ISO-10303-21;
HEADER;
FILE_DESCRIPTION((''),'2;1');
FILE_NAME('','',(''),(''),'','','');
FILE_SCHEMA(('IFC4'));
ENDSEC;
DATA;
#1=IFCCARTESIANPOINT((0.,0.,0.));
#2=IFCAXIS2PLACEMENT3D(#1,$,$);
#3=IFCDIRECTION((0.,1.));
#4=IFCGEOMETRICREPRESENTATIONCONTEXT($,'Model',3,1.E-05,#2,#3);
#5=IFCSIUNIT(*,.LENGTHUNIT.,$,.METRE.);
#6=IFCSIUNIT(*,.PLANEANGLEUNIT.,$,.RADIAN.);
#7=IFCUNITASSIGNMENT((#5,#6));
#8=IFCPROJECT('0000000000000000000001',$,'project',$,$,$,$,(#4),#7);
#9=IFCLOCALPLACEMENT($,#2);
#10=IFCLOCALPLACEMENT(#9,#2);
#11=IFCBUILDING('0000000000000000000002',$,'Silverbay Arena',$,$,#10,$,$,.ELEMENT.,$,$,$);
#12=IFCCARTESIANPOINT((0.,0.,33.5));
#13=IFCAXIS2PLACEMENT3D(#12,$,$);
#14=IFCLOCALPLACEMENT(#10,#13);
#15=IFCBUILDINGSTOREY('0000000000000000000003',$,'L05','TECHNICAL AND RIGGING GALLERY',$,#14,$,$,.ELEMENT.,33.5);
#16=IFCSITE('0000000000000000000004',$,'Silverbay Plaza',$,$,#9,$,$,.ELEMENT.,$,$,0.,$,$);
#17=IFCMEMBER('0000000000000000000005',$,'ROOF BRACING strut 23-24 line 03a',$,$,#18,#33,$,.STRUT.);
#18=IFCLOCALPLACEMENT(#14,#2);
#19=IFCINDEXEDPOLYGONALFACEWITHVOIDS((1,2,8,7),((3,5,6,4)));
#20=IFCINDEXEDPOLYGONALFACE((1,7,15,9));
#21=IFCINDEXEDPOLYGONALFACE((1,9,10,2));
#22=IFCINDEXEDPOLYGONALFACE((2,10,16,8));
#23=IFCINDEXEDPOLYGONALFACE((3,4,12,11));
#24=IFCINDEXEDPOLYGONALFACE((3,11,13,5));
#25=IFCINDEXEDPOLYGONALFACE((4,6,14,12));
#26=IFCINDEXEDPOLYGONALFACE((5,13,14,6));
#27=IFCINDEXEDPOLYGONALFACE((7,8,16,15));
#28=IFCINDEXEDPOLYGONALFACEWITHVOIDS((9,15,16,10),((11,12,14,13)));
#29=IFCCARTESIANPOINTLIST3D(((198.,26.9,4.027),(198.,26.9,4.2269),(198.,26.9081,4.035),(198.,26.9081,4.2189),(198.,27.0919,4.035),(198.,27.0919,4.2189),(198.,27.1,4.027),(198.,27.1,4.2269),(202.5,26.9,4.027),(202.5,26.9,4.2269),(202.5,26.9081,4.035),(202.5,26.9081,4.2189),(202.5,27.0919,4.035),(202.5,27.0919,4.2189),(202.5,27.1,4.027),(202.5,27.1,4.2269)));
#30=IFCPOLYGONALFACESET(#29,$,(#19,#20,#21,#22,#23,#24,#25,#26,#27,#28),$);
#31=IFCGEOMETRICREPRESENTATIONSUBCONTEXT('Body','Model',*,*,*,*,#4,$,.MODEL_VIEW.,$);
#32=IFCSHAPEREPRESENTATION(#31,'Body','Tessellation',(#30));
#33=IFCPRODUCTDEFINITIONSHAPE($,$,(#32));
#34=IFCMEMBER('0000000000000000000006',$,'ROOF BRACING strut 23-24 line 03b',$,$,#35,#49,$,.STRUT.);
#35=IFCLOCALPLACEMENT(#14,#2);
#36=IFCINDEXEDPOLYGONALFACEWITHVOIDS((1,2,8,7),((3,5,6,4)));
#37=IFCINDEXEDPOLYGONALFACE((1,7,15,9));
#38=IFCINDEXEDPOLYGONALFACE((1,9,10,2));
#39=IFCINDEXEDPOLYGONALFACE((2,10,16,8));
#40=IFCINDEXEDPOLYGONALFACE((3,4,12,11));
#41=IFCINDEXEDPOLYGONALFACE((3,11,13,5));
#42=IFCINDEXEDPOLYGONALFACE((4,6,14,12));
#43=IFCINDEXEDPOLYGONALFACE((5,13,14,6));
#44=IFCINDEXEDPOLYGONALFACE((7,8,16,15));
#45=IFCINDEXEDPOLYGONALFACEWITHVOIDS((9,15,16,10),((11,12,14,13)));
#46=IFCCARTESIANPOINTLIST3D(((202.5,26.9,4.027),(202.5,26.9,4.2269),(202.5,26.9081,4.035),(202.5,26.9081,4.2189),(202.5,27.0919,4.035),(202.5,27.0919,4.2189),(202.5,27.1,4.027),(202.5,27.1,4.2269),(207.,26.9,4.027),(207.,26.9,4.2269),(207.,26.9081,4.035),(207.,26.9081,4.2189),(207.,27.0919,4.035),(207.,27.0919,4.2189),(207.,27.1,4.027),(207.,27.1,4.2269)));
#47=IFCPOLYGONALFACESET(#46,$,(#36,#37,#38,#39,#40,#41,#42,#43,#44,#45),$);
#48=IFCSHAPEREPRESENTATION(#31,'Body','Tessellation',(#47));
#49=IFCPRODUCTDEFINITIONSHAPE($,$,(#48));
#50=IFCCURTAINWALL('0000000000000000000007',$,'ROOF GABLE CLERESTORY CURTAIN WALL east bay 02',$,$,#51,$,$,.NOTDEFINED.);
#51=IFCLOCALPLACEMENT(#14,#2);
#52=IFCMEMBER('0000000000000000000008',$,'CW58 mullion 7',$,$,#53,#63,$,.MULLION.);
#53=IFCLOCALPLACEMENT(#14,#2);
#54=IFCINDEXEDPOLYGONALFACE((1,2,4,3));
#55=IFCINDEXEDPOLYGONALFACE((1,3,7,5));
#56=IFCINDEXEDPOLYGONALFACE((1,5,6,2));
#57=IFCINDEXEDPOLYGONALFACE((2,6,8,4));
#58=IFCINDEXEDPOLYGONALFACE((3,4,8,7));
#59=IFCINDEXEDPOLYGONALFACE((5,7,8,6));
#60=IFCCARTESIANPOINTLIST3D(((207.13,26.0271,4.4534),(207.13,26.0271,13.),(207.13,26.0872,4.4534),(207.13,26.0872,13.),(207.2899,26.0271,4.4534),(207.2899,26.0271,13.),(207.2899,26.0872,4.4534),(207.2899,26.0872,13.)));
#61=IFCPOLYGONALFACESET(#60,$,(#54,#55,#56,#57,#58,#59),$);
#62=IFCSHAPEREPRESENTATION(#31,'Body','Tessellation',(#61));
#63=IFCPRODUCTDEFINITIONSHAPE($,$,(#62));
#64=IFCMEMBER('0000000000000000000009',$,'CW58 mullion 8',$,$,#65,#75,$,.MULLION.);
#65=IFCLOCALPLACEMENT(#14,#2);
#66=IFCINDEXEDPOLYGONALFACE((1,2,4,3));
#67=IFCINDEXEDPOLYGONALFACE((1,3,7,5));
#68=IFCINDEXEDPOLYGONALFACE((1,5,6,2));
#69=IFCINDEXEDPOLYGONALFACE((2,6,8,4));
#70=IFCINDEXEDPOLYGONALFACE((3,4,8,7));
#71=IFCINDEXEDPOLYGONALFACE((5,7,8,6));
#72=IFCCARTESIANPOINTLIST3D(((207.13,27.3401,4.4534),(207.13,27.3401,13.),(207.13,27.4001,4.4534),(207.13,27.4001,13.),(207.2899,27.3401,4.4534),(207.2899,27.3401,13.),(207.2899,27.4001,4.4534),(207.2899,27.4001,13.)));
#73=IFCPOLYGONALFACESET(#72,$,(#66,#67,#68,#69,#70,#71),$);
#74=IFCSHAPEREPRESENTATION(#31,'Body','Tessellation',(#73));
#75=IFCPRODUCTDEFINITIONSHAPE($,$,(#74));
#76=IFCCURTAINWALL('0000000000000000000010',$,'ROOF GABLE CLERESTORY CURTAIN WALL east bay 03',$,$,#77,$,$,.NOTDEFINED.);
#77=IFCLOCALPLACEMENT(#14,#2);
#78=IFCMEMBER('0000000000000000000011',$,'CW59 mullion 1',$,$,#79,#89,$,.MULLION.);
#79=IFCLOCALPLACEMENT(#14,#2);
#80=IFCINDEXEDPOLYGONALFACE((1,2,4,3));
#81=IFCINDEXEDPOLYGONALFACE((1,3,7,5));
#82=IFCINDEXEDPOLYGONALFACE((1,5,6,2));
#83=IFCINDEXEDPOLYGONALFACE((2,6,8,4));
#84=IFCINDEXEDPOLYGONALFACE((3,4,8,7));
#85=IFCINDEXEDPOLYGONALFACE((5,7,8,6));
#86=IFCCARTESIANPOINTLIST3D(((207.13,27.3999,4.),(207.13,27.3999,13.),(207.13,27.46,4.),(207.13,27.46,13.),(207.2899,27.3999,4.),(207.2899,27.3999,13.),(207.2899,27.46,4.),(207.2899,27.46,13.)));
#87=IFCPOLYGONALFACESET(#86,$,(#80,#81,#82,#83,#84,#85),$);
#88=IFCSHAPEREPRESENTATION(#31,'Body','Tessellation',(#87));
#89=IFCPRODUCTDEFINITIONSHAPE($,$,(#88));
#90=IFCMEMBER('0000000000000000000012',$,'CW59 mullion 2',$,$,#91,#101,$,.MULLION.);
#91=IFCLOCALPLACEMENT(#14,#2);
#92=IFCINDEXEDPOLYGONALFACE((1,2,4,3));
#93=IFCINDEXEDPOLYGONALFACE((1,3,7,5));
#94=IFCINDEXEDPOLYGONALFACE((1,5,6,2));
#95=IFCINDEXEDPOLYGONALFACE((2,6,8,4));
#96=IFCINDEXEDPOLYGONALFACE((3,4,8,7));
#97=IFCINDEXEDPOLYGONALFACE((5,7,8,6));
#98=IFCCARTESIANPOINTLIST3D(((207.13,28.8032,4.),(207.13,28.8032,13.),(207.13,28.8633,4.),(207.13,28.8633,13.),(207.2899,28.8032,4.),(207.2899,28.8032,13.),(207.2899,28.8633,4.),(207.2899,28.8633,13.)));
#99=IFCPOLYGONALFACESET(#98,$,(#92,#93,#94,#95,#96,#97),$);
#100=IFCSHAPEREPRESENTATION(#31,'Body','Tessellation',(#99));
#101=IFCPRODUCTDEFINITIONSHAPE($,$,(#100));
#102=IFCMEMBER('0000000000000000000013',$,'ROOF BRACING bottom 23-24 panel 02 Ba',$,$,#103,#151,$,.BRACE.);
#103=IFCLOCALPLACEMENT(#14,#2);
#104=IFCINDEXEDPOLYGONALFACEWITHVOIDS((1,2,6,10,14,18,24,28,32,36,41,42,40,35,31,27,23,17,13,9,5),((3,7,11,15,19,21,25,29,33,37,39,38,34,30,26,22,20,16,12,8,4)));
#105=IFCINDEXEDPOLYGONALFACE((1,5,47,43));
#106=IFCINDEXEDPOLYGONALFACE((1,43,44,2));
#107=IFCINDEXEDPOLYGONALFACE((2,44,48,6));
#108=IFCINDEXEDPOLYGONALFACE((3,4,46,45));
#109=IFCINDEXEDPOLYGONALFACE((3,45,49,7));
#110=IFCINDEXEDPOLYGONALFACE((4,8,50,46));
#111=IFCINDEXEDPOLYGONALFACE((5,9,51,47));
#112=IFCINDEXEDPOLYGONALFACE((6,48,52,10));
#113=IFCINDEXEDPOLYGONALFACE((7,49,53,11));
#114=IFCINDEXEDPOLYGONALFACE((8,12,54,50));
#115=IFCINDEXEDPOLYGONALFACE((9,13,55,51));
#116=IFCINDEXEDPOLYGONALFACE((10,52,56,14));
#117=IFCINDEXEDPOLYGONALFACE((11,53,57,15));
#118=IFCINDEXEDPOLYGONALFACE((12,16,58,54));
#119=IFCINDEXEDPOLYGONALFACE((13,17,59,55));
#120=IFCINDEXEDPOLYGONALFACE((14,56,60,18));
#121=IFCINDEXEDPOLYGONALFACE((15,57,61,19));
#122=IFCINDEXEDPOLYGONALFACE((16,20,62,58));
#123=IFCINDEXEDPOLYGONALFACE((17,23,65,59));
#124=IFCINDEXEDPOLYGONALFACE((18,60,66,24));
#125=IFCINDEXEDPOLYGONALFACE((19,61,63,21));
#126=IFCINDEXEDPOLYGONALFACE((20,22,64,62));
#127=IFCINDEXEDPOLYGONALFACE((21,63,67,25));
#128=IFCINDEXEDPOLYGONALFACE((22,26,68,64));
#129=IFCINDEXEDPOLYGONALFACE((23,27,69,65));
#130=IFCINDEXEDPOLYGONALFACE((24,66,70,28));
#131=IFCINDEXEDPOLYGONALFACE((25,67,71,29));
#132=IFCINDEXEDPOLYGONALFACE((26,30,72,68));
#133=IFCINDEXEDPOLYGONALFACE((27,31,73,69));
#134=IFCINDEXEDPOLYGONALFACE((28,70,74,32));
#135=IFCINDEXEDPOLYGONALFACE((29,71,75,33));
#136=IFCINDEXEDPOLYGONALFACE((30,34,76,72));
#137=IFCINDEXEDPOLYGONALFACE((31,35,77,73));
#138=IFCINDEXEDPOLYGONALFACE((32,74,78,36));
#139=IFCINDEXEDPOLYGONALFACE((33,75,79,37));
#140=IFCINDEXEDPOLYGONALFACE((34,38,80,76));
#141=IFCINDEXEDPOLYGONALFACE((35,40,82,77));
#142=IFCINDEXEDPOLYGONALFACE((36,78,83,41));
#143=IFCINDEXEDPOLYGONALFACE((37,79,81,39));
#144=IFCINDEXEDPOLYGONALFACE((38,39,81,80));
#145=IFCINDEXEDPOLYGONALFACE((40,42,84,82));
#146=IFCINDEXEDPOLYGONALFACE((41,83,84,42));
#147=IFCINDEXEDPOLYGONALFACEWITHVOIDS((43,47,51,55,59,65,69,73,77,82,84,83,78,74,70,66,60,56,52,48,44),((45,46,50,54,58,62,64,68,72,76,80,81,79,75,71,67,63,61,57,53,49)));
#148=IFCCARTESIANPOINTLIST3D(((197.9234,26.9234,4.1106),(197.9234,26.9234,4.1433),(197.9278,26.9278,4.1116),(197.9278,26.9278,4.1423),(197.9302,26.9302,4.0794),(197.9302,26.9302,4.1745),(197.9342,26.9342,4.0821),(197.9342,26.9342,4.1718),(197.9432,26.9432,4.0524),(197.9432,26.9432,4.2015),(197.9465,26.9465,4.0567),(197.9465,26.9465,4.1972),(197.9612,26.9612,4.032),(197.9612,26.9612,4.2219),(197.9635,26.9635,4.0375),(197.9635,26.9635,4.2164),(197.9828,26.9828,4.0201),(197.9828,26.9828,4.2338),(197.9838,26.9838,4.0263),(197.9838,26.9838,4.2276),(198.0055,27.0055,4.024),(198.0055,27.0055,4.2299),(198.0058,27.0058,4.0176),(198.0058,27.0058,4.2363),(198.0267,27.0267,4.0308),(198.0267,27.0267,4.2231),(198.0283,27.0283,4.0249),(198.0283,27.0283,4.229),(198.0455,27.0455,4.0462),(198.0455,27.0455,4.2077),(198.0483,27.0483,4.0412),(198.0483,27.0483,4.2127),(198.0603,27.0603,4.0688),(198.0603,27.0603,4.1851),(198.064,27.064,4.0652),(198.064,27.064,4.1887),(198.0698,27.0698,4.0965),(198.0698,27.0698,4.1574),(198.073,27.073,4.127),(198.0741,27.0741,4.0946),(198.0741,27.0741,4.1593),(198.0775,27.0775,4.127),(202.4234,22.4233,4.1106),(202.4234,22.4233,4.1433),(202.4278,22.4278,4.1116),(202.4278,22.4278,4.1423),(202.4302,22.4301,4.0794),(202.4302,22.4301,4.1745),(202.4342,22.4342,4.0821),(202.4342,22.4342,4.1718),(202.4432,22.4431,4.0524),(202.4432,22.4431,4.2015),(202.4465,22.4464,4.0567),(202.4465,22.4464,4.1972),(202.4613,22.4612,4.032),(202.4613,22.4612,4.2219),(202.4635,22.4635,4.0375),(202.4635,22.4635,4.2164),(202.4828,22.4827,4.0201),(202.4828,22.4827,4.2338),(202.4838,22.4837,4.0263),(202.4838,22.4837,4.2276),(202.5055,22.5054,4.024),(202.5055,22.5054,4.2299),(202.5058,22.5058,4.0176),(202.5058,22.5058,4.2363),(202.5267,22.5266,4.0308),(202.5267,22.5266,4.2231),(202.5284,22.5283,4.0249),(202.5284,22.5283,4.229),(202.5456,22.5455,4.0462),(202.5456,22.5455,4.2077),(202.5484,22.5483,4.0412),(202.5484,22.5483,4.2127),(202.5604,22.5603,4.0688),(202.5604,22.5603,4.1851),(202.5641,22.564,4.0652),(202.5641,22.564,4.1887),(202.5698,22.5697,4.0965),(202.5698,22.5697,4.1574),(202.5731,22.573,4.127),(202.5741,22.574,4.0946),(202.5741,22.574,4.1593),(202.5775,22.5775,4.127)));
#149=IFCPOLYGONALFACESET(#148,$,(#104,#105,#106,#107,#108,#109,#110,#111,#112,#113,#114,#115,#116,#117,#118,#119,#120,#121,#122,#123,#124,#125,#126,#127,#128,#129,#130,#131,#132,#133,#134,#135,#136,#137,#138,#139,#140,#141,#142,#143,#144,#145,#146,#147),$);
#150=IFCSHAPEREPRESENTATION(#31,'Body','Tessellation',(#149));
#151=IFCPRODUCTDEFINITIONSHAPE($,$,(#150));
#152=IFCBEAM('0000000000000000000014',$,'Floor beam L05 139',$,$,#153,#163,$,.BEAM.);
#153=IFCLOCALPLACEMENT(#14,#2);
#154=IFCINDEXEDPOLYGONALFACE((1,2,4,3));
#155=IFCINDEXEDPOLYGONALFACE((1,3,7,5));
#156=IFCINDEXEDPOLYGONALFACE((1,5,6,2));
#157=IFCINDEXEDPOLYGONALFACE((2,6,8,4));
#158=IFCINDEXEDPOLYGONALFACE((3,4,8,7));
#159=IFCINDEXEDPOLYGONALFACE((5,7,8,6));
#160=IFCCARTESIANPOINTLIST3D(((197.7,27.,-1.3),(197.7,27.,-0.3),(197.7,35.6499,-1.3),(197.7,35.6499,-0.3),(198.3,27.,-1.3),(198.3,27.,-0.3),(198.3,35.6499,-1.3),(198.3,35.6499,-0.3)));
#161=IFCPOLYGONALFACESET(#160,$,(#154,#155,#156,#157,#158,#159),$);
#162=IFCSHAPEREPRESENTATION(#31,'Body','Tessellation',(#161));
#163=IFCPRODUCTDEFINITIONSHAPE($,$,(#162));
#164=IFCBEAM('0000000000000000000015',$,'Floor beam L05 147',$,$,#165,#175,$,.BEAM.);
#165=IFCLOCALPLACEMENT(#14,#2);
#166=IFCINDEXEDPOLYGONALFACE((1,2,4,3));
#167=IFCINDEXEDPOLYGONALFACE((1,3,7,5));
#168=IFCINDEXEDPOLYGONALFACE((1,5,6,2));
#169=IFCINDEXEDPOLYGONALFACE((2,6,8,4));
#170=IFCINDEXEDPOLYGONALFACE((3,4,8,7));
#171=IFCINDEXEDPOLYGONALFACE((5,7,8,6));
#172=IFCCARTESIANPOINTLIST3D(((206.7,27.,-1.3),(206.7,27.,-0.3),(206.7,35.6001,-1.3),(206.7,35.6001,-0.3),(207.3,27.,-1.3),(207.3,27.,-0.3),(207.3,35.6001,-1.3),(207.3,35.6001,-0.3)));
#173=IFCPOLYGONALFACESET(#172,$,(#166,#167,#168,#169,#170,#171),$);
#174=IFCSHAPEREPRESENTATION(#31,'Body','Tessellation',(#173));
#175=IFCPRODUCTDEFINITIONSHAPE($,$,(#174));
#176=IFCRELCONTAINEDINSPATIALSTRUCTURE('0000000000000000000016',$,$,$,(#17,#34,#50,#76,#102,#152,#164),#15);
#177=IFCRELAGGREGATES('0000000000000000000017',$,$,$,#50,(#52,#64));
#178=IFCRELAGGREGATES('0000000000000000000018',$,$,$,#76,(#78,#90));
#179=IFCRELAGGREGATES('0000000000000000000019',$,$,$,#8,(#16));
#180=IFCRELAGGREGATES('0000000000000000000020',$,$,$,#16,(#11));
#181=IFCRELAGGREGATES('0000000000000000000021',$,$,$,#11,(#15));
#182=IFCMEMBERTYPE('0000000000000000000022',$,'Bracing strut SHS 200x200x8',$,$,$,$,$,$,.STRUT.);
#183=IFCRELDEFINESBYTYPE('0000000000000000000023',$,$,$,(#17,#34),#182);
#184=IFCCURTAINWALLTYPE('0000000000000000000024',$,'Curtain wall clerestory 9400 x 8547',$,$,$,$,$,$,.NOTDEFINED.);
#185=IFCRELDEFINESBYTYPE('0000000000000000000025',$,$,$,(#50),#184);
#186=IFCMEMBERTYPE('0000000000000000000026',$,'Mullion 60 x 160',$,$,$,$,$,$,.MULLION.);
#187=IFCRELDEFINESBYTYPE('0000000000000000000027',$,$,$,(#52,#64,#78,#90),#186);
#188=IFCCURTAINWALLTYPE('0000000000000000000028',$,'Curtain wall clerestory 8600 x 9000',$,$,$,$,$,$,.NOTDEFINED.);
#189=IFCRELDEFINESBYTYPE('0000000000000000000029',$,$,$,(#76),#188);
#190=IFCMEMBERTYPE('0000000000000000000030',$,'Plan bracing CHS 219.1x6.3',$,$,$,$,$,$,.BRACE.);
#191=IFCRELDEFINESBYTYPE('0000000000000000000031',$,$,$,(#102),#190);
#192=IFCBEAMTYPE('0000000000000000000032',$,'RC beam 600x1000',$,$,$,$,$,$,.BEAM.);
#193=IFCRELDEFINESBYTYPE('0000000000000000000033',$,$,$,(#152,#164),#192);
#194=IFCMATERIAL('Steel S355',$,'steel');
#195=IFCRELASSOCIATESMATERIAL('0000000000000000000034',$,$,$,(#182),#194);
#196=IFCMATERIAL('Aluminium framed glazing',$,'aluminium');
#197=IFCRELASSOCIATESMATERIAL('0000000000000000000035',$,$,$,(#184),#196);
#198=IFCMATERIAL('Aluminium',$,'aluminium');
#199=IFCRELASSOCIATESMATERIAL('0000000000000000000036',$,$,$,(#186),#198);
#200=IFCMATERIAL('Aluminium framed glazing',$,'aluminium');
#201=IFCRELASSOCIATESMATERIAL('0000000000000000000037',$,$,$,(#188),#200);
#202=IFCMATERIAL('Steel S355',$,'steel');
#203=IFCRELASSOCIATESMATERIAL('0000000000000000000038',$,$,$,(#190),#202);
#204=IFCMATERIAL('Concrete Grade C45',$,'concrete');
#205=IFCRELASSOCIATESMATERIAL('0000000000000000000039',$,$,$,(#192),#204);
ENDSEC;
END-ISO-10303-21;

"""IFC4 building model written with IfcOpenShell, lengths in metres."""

from ifc_helpers import new_model, si_unit, direction, frame, origin, origin_2d, place, context, subcontext, project, spatial, rectangle, hollow_rectangle, hollow_circle, extrude, material, material_profile, profile_set, type_object, element, aggregate, save


model = new_model("IFC4")

# Units and contexts
model_context = context("Model", 3, precision=1e-05, world=origin(), true_north=direction((0.0, 1.0)))
body_context = subcontext(model_context, "Body", "Model", "MODEL_VIEW")
ifc_project = project(units=[si_unit("LENGTHUNIT", "METRE"), si_unit("PLANEANGLEUNIT", "RADIAN")], contexts=[model_context])

# Site, building, storey
site_placement = place(None, origin())
site = spatial("IfcSite", under=ifc_project, at=site_placement, Name="Silverbay Plaza", CompositionType="ELEMENT", RefElevation=0.0)
building_placement = place(site_placement, origin())
building = spatial("IfcBuilding", under=site, at=building_placement, Name="Silverbay Arena", CompositionType="ELEMENT")
storey_placement = place(building_placement, frame((0.0, 0.0, 33.5)))
storey = spatial("IfcBuildingStorey", under=building, at=storey_placement, Name="L05", Description="TECHNICAL AND RIGGING GALLERY", CompositionType="ELEMENT", Elevation=33.5)

# Members
ifc_material_1 = material(Name="Steel S355", Category="steel")
ifc_material_profile_1 = material_profile(ifc_material_1, hollow_rectangle(XDim=0.2, YDim=0.2, WallThickness=0.0081, at=origin_2d()), Name="SHS 200x200x8")
ifc_profile_set_1 = profile_set([ifc_material_profile_1], Name="Steel S355")
member_type_1 = type_object("IfcMemberType", Name="Bracing strut SHS 200x200x8", PredefinedType="STRUT", material=ifc_profile_set_1)
for number, where, z_axis, x_axis, name in (
    (1, (198.0, 27.0, 4.127), (1.0, 0.0, 0.0), (0.0, 1.0, 0.0), "ROOF BRACING strut 23-24 line 03a"),
    (2, (202.5, 27.0, 4.127), (1.0, 0.0, 0.0), (0.0, 1.0, 0.0), "ROOF BRACING strut 23-24 line 03b"),
):
    element("IfcMember", number, at=place(storey_placement, frame(where, z_axis=z_axis, x_axis=x_axis)), inside=storey, type_object=member_type_1, Name=name, PredefinedType="STRUT", context=body_context, shape_type="SweptSolid", body=[
        extrude(hollow_rectangle(XDim=0.2, YDim=0.2, WallThickness=0.0081, at=origin_2d()), origin(), (0.0, 0.0, 1.0), 4.5),
    ])

# Curtain walls, members
ifc_material_2 = material(Name="Aluminium framed glazing", Category="aluminium")
curtain_wall_type_1 = type_object("IfcCurtainWallType", Name="Curtain wall clerestory 9400 x 8547", PredefinedType="NOTDEFINED", material=ifc_material_2)
curtain_wall_1_placement = place(storey_placement, origin())
curtain_wall_1 = element("IfcCurtainWall", 3, at=curtain_wall_1_placement, inside=storey, type_object=curtain_wall_type_1, Name="ROOF GABLE CLERESTORY CURTAIN WALL east bay 02", PredefinedType="NOTDEFINED")
ifc_material_3 = material(Name="Aluminium", Category="aluminium")
ifc_material_profile_2 = material_profile(ifc_material_3, rectangle(XDim=0.1599, YDim=0.0601, at=origin_2d()), Name="Mullion 60 x 160")
ifc_profile_set_2 = profile_set([ifc_material_profile_2], Name="Aluminium")
member_type_2 = type_object("IfcMemberType", Name="Mullion 60 x 160", PredefinedType="MULLION", material=ifc_profile_set_2)
member_1_placement = place(storey_placement, frame((207.21, 26.0571, 4.4534), z_axis=(0.0, 0.0, 1.0), x_axis=(-1.0, 0.0, 0.0)))
member_1 = element("IfcMember", 4, at=member_1_placement, type_object=member_type_2, Name="CW58 mullion 7", PredefinedType="MULLION", context=body_context, shape_type="SweptSolid", body=[
    extrude(rectangle(XDim=0.1599, YDim=0.0601, at=origin_2d()), origin(), (0.0, 0.0, 1.0), 8.5466),
])
member_2_placement = place(storey_placement, frame((207.21, 27.3701, 4.4534), z_axis=(0.0, 0.0, 1.0), x_axis=(-1.0, 0.0, 0.0)))
member_2 = element("IfcMember", 5, at=member_2_placement, type_object=member_type_2, Name="CW58 mullion 8", PredefinedType="MULLION", context=body_context, shape_type="SweptSolid", body=[
    extrude(rectangle(XDim=0.1599, YDim=0.0601, at=origin_2d()), origin(), (0.0, 0.0, 1.0), 8.5466),
])
ifc_material_4 = material(Name="Aluminium framed glazing", Category="aluminium")
curtain_wall_type_2 = type_object("IfcCurtainWallType", Name="Curtain wall clerestory 8600 x 9000", PredefinedType="NOTDEFINED", material=ifc_material_4)
curtain_wall_2_placement = place(storey_placement, origin())
curtain_wall_2 = element("IfcCurtainWall", 6, at=curtain_wall_2_placement, inside=storey, type_object=curtain_wall_type_2, Name="ROOF GABLE CLERESTORY CURTAIN WALL east bay 03", PredefinedType="NOTDEFINED")
member_3_placement = place(storey_placement, frame((207.21, 27.4299, 4.0), z_axis=(0.0, 0.0, 1.0), x_axis=(-1.0, 0.0, 0.0)))
member_3 = element("IfcMember", 7, at=member_3_placement, type_object=member_type_2, Name="CW59 mullion 1", PredefinedType="MULLION", context=body_context, shape_type="SweptSolid", body=[
    extrude(rectangle(XDim=0.1599, YDim=0.0601, at=origin_2d()), origin(), (0.0, 0.0, 1.0), 9.0),
])
member_4_placement = place(storey_placement, frame((207.21, 28.8333, 4.0), z_axis=(0.0, 0.0, 1.0), x_axis=(-1.0, 0.0, 0.0)))
member_4 = element("IfcMember", 8, at=member_4_placement, type_object=member_type_2, Name="CW59 mullion 2", PredefinedType="MULLION", context=body_context, shape_type="SweptSolid", body=[
    extrude(rectangle(XDim=0.1599, YDim=0.0601, at=origin_2d()), origin(), (0.0, 0.0, 1.0), 9.0),
])

# Member
ifc_material_5 = material(Name="Steel S355", Category="steel")
ifc_material_profile_3 = material_profile(ifc_material_5, hollow_circle(Radius=0.1096, WallThickness=0.0063, at=origin_2d()), Name="CHS 219.1x6.3")
ifc_profile_set_3 = profile_set([ifc_material_profile_3], Name="Steel S355")
member_type_3 = type_object("IfcMemberType", Name="Plan bracing CHS 219.1x6.3", PredefinedType="BRACE", material=ifc_profile_set_3)
member_5_placement = place(storey_placement, frame((198.0, 27.0, 4.127), z_axis=(0.707107, -0.707107, 0.0), x_axis=(0.707107, 0.707107, 0.0)))
element("IfcMember", 9, at=member_5_placement, inside=storey, type_object=member_type_3, Name="ROOF BRACING bottom 23-24 panel 02 Ba", PredefinedType="BRACE", context=body_context, shape_type="SweptSolid", body=[
    extrude(hollow_circle(Radius=0.1096, WallThickness=0.0063, at=origin_2d()), origin(), (0.0, 0.0, 1.0), 6.364),
])

# Beams
ifc_material_6 = material(Name="Concrete Grade C45", Category="concrete")
ifc_material_profile_4 = material_profile(ifc_material_6, rectangle(XDim=0.6001, YDim=1.0, at=origin_2d()), Name="RC 600x1000")
ifc_profile_set_4 = profile_set([ifc_material_profile_4], Name="Concrete Grade C45")
beam_type = type_object("IfcBeamType", Name="RC beam 600x1000", PredefinedType="BEAM", material=ifc_profile_set_4)
beam_1_placement = place(storey_placement, frame((198.0, 27.0, -0.8), z_axis=(0.0, 1.0, 0.0), x_axis=(-1.0, 0.0, 0.0)))
element("IfcBeam", 10, at=beam_1_placement, inside=storey, type_object=beam_type, Name="Floor beam L05 139", PredefinedType="BEAM", context=body_context, shape_type="SweptSolid", body=[
    extrude(rectangle(XDim=0.6001, YDim=1.0, at=origin_2d()), origin(), (0.0, 0.0, 1.0), 8.6499),
])
beam_2_placement = place(storey_placement, frame((207.0, 27.0, -0.8), z_axis=(0.0, 1.0, 0.0), x_axis=(-1.0, 0.0, 0.0)))
element("IfcBeam", 11, at=beam_2_placement, inside=storey, type_object=beam_type, Name="Floor beam L05 147", PredefinedType="BEAM", context=body_context, shape_type="SweptSolid", body=[
    extrude(rectangle(XDim=0.6001, YDim=1.0, at=origin_2d()), origin(), (0.0, 0.0, 1.0), 8.6001),
])

aggregate(curtain_wall_1, [member_1, member_2])
aggregate(curtain_wall_2, [member_3, member_4])

save(model, "model.ifc")
